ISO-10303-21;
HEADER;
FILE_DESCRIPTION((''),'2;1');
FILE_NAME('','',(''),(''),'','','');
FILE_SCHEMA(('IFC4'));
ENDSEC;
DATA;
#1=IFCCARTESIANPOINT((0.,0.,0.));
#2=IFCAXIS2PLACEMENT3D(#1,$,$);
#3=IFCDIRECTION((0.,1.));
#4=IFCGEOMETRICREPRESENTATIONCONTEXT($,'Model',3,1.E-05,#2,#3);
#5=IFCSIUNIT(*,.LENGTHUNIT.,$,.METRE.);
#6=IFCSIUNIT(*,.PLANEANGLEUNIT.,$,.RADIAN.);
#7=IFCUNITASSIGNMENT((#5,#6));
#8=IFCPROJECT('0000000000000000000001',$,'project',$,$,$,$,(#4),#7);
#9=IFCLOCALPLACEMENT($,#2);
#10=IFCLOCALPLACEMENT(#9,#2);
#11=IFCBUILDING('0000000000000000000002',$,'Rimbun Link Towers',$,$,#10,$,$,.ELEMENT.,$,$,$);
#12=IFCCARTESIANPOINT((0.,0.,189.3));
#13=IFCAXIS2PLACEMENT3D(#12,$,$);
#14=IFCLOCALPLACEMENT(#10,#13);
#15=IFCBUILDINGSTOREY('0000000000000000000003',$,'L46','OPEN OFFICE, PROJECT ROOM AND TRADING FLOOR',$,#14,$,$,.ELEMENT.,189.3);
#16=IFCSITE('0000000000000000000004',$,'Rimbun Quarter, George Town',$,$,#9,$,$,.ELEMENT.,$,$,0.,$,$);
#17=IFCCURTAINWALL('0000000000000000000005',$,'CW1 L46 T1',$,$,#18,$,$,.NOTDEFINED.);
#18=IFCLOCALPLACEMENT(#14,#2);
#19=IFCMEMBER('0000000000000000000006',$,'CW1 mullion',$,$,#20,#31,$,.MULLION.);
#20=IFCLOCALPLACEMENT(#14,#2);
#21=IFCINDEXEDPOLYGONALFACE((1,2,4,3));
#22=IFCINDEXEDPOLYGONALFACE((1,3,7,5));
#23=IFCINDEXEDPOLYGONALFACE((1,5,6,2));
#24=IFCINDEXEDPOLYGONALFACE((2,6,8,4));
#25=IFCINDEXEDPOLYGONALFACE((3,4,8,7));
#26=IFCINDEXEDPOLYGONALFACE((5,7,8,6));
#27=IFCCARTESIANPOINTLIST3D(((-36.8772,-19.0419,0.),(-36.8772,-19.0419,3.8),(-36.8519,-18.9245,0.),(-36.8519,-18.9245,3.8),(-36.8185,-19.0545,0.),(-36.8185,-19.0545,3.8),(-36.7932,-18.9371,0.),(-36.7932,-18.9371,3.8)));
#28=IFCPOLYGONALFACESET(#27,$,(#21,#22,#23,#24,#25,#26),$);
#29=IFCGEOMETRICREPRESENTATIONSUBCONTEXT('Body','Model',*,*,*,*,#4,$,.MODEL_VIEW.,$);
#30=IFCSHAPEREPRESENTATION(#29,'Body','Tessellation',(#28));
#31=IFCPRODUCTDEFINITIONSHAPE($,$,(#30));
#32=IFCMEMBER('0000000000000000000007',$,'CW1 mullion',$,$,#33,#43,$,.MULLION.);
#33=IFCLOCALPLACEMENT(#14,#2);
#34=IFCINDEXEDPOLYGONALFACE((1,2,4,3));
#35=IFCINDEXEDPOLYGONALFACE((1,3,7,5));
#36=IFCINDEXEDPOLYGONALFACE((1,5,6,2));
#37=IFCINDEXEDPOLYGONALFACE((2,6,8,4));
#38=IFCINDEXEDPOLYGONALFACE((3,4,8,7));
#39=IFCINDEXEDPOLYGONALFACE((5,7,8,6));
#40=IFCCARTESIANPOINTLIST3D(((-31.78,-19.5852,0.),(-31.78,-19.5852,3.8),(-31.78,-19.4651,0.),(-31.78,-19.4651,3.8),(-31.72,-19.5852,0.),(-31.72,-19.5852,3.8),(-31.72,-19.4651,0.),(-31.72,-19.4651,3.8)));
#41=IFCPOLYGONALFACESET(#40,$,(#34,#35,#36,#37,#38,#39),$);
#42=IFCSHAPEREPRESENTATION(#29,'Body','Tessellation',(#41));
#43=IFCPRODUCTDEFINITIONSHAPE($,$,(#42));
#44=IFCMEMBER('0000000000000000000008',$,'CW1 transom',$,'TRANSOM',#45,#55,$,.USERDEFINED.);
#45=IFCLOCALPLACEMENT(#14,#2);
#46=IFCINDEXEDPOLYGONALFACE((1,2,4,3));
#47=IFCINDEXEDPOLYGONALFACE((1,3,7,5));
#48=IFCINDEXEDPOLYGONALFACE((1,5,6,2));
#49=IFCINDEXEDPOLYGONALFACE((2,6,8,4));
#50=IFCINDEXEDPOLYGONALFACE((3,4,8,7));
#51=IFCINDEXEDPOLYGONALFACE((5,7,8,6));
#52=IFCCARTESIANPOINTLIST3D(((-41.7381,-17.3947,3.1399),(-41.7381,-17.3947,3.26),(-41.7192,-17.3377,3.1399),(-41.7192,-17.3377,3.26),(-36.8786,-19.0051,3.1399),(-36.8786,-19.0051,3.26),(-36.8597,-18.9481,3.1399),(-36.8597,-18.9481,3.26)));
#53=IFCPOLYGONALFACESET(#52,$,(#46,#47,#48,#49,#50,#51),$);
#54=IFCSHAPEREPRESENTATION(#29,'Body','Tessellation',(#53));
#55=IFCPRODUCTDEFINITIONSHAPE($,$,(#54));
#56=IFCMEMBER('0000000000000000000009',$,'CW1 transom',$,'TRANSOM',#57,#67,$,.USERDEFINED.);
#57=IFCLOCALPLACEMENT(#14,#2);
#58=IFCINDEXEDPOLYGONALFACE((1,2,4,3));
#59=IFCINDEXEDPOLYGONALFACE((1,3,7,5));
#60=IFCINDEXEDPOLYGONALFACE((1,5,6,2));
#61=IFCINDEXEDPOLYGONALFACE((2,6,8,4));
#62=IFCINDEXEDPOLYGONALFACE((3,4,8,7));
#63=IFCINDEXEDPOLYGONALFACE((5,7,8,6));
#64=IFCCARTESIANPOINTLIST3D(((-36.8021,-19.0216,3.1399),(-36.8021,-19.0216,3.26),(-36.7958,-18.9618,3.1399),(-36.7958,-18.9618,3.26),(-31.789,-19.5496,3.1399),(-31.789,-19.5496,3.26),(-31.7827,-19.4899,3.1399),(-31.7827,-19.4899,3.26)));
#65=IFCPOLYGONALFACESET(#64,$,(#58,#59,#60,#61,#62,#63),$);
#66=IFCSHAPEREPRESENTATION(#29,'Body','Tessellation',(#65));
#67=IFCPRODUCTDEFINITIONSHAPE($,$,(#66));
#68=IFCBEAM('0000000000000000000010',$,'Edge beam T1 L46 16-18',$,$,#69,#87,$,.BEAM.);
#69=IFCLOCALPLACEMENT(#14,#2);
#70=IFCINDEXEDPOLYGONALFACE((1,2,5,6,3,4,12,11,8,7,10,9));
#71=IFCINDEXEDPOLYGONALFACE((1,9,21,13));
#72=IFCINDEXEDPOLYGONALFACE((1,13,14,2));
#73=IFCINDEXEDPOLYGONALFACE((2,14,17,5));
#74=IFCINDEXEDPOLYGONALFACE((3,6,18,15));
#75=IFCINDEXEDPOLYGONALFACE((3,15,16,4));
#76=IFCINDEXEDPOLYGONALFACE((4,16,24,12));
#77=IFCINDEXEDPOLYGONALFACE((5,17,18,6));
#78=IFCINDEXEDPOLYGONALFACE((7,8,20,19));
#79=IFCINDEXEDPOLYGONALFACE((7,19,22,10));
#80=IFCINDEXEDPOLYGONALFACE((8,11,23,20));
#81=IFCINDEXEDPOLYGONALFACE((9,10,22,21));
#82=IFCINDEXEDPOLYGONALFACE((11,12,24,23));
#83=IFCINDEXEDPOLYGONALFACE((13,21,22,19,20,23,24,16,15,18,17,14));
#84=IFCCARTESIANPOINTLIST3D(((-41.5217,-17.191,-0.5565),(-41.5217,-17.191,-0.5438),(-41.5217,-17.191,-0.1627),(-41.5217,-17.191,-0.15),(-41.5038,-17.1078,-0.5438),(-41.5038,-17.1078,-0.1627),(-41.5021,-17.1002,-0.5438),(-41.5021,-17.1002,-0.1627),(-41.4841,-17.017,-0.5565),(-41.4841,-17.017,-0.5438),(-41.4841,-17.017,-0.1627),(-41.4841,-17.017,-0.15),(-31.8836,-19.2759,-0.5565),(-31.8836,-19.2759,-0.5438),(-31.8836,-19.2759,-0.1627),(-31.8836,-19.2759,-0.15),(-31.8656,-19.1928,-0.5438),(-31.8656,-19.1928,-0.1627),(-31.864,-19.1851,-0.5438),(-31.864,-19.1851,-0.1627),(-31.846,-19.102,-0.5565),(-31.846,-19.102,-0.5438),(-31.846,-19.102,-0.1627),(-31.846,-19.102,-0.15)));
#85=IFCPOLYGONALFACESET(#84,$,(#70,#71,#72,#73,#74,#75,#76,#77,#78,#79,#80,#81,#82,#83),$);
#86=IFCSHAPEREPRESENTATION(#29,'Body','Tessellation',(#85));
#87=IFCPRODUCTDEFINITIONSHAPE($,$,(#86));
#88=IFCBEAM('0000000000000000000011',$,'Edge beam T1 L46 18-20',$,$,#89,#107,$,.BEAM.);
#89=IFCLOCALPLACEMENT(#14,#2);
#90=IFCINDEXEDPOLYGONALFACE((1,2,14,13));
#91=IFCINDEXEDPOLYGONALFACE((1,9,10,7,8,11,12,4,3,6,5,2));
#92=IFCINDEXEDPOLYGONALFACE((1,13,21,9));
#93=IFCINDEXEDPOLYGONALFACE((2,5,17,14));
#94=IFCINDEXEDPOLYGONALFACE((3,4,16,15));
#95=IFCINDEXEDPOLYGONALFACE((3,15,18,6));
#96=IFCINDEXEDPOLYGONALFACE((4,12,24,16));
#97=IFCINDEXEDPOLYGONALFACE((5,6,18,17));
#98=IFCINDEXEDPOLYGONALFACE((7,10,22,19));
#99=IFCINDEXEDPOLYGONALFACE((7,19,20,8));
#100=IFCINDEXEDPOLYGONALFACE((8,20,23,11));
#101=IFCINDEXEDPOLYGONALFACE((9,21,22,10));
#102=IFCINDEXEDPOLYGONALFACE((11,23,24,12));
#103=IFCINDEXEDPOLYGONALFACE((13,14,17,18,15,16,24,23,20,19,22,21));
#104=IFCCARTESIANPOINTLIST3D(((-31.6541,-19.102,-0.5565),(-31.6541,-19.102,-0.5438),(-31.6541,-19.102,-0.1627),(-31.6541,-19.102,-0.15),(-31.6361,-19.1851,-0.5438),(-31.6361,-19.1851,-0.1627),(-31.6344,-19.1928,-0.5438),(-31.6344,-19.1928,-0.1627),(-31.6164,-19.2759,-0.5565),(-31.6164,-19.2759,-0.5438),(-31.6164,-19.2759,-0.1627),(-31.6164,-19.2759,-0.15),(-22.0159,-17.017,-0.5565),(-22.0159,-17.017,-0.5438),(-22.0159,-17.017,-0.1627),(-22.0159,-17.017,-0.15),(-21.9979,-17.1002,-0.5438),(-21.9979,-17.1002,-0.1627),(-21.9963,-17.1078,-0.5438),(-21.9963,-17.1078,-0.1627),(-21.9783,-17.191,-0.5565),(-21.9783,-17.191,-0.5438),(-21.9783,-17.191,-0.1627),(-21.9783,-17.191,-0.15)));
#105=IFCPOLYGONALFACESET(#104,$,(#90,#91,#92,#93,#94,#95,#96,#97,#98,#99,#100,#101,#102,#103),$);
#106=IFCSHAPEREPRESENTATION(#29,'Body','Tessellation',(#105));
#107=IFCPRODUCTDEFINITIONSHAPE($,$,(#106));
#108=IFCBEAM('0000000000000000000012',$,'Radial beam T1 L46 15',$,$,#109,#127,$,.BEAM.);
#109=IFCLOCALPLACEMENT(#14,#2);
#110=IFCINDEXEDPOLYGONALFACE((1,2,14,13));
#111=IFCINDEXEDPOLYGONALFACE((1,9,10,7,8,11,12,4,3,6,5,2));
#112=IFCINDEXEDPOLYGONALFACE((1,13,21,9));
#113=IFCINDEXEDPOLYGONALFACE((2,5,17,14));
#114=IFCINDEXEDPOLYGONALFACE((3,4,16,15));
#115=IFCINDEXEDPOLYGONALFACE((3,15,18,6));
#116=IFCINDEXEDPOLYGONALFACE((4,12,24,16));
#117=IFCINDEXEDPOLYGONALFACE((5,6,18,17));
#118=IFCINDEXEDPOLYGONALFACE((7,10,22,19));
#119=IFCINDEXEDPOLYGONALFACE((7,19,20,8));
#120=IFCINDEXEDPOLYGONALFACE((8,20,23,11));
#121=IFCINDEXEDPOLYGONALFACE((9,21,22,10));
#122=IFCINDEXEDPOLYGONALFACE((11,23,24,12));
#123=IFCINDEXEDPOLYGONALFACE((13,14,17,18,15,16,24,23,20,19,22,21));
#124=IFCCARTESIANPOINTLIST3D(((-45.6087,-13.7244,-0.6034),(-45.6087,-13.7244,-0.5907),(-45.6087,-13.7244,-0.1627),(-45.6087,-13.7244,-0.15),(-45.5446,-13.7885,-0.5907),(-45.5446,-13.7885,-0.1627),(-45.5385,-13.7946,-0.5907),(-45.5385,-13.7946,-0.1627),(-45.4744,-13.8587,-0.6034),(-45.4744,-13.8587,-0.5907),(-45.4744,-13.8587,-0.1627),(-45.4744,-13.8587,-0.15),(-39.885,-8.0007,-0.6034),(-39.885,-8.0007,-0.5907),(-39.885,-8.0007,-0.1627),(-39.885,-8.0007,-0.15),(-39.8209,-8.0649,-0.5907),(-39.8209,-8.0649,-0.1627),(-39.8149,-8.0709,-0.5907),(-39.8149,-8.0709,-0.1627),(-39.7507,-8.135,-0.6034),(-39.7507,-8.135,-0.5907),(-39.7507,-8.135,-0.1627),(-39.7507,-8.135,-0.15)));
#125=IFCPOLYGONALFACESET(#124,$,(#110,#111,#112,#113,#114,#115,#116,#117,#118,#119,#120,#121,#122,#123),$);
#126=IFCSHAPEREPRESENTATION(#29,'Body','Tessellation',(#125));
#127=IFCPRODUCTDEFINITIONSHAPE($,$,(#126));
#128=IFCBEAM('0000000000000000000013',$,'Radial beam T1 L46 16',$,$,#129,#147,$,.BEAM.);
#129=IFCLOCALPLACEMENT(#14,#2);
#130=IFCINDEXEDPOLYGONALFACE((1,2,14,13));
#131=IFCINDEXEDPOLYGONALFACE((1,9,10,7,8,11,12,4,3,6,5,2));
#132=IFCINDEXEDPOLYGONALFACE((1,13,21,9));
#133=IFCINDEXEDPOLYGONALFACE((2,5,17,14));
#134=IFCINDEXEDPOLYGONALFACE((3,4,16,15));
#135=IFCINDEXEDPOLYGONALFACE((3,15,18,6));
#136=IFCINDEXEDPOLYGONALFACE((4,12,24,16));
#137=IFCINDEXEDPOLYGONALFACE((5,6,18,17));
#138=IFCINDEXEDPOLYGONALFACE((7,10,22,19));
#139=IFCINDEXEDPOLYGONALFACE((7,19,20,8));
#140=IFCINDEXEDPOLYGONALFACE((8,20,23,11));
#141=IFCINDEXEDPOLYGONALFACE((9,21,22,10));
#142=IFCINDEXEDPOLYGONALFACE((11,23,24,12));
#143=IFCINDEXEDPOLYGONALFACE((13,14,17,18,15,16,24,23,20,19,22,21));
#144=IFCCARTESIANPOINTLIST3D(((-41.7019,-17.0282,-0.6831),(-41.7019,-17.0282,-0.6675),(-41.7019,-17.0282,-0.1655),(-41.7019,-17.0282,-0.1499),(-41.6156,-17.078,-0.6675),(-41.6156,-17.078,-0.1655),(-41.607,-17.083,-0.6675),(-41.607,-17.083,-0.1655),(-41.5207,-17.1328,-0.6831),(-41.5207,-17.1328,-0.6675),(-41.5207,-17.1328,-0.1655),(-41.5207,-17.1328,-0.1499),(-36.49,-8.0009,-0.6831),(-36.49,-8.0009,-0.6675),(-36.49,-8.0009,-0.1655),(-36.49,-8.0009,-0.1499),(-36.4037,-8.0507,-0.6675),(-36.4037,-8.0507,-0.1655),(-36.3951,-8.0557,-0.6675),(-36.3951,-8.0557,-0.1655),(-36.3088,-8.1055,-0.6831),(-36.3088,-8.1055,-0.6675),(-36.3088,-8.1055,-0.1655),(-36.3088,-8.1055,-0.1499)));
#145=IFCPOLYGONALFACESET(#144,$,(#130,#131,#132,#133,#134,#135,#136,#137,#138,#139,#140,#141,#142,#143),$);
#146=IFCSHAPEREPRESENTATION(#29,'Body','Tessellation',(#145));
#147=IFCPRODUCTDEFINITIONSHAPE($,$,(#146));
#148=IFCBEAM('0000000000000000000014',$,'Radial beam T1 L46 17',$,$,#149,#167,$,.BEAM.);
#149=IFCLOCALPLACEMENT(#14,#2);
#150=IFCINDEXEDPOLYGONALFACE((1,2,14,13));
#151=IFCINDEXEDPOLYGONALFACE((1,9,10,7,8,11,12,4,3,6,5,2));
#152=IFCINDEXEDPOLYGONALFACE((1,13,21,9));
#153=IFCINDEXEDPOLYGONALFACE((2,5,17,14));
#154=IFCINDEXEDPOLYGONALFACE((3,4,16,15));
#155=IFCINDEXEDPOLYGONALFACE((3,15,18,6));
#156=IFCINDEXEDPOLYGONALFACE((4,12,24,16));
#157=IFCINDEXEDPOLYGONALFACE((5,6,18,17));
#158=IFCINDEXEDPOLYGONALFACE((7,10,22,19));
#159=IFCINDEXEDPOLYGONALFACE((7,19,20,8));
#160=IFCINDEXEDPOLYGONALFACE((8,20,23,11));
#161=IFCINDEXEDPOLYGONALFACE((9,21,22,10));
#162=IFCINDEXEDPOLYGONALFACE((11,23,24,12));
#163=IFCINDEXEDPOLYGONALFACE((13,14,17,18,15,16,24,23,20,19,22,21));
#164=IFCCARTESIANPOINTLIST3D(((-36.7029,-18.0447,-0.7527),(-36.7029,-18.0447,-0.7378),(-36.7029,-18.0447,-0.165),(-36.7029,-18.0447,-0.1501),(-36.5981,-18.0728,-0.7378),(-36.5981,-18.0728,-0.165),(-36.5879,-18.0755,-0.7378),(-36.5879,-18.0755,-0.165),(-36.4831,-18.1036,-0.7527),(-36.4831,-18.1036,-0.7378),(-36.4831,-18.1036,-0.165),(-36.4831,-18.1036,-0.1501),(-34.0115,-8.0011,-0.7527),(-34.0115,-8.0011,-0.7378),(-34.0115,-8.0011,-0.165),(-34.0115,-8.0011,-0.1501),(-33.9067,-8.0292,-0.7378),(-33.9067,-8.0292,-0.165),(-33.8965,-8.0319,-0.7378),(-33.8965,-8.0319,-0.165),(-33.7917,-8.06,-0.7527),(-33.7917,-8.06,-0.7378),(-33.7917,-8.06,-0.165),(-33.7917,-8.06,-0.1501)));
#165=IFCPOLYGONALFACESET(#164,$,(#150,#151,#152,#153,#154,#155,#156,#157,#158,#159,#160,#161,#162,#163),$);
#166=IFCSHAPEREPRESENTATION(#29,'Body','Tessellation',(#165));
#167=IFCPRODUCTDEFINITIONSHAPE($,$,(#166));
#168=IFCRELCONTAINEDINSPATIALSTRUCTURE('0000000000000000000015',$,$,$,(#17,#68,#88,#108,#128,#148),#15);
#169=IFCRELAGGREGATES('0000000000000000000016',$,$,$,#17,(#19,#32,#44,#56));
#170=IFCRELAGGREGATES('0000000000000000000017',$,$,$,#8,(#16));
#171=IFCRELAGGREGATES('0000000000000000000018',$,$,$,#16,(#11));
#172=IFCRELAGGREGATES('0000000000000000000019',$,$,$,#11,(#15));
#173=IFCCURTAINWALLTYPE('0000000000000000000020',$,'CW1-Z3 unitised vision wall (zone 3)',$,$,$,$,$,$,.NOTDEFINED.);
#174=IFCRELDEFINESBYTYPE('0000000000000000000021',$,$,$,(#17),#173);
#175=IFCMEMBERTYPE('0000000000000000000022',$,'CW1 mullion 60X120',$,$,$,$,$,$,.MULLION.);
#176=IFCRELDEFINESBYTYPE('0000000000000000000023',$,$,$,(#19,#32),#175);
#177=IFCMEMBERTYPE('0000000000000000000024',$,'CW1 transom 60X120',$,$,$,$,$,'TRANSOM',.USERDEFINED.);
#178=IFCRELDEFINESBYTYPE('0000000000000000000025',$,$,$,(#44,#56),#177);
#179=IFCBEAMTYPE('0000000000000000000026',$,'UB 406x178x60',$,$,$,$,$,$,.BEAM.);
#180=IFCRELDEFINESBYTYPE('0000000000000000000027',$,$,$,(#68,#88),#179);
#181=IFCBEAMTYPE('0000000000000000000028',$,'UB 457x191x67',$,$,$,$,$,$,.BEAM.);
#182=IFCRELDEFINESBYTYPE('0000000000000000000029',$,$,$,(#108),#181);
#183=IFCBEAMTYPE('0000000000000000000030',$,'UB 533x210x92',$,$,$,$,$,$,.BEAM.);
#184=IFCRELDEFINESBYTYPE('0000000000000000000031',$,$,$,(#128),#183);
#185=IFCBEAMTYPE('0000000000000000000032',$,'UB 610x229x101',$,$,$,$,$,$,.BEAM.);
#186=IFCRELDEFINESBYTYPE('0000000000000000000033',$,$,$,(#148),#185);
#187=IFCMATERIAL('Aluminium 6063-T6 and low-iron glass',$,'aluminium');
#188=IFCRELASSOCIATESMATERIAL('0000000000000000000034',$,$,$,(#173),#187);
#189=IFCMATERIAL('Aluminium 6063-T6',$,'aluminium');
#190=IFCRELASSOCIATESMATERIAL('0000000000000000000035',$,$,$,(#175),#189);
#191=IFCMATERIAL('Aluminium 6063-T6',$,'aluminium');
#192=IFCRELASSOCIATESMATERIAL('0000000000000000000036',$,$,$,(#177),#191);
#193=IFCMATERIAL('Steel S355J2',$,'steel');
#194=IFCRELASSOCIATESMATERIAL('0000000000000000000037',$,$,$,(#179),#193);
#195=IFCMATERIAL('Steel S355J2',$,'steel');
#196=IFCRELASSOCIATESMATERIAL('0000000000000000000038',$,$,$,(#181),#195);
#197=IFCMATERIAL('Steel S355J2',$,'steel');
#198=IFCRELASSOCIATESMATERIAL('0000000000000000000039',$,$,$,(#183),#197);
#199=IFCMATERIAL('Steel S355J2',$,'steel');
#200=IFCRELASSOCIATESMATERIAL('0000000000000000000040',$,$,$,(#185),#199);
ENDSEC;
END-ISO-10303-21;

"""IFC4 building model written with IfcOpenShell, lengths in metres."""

from ifc_helpers import new_model, si_unit, direction, frame, origin, origin_2d, place, context, subcontext, project, spatial, rectangle, i_section, extrude, material, material_profile, profile_set, type_object, element, aggregate, save


model = new_model("IFC4")

# Units and contexts
model_context = context("Model", 3, precision=1e-05, world=origin(), true_north=direction((0.0, 1.0)))
body_context = subcontext(model_context, "Body", "Model", "MODEL_VIEW")
ifc_project = project(units=[si_unit("LENGTHUNIT", "METRE"), si_unit("PLANEANGLEUNIT", "RADIAN")], contexts=[model_context])

# Site, building, storey
site_placement = place(None, origin())
site = spatial("IfcSite", under=ifc_project, at=site_placement, Name="Rimbun Quarter, George Town", CompositionType="ELEMENT", RefElevation=0.0)
building_placement = place(site_placement, origin())
building = spatial("IfcBuilding", under=site, at=building_placement, Name="Rimbun Link Towers", CompositionType="ELEMENT")
storey_placement = place(building_placement, frame((0.0, 0.0, 189.3)))
storey = spatial("IfcBuildingStorey", under=building, at=storey_placement, Name="L46", Description="OPEN OFFICE, PROJECT ROOM AND TRADING FLOOR", CompositionType="ELEMENT", Elevation=189.3)

# Curtain wall, members
ifc_material_1 = material(Name="Aluminium 6063-T6 and low-iron glass", Category="aluminium")
curtain_wall_type = type_object("IfcCurtainWallType", Name="CW1-Z3 unitised vision wall (zone 3)", PredefinedType="NOTDEFINED", material=ifc_material_1)
curtain_wall_placement = place(storey_placement, origin())
curtain_wall = element("IfcCurtainWall", 1, at=curtain_wall_placement, inside=storey, type_object=curtain_wall_type, Name="CW1 L46 T1", PredefinedType="NOTDEFINED")
ifc_material_2 = material(Name="Aluminium 6063-T6", Category="aluminium")
ifc_material_profile_1 = material_profile(ifc_material_2, rectangle(XDim=0.1201, YDim=0.0601, at=origin_2d()), Name="MULLION 60X120")
ifc_profile_set_1 = profile_set([ifc_material_profile_1], Name="Aluminium 6063-T6")
member_type_1 = type_object("IfcMemberType", Name="CW1 mullion 60X120", PredefinedType="MULLION", material=ifc_profile_set_1)
member_1_placement = place(storey_placement, frame((-36.8352, -18.9895, 0.0), z_axis=(0.0, 0.0, 1.0), x_axis=(-0.210877, -0.977513, 0.0)))
member_1 = element("IfcMember", 2, at=member_1_placement, type_object=member_type_1, Name="CW1 mullion", PredefinedType="MULLION", context=body_context, shape_type="SweptSolid", body=[
    extrude(rectangle(XDim=0.1201, YDim=0.0601, at=origin_2d()), origin(), (0.0, 0.0, 1.0), 3.8),
])
member_2_placement = place(storey_placement, frame((-31.75, -19.5251, 0.0), z_axis=(0.0, 0.0, 1.0), x_axis=(0.0, -1.0, 0.0)))
member_2 = element("IfcMember", 3, at=member_2_placement, type_object=member_type_1, Name="CW1 mullion", PredefinedType="MULLION", context=body_context, shape_type="SweptSolid", body=[
    extrude(rectangle(XDim=0.1201, YDim=0.0601, at=origin_2d()), origin(), (0.0, 0.0, 1.0), 3.8),
])
ifc_material_3 = material(Name="Aluminium 6063-T6", Category="aluminium")
ifc_material_profile_2 = material_profile(ifc_material_3, rectangle(XDim=0.0601, YDim=0.1201, at=origin_2d()), Name="TRANSOM 60X120")
ifc_profile_set_2 = profile_set([ifc_material_profile_2], Name="Aluminium 6063-T6")
member_type_2 = type_object("IfcMemberType", Name="CW1 transom 60X120", ElementType="TRANSOM", PredefinedType="USERDEFINED", material=ifc_profile_set_2)
member_3_placement = place(storey_placement, frame((-36.8691, -18.9766, 3.2), z_axis=(-0.94924, 0.314553, 0.0), x_axis=(-0.314553, -0.94924, 0.0)))
member_3 = element("IfcMember", 4, at=member_3_placement, type_object=member_type_2, Name="CW1 transom", ObjectType="TRANSOM", PredefinedType="USERDEFINED", context=body_context, shape_type="SweptSolid", body=[
    extrude(rectangle(XDim=0.0601, YDim=0.1201, at=origin_2d()), origin(), (0.0, 0.0, 1.0), 5.1194),
])
member_4_placement = place(storey_placement, frame((-31.7859, -19.5198, 3.2), z_axis=(-0.994497, 0.104763, 0.0), x_axis=(-0.104763, -0.994497, 0.0)))
member_4 = element("IfcMember", 5, at=member_4_placement, type_object=member_type_2, Name="CW1 transom", ObjectType="TRANSOM", PredefinedType="USERDEFINED", context=body_context, shape_type="SweptSolid", body=[
    extrude(rectangle(XDim=0.0601, YDim=0.1201, at=origin_2d()), origin(), (0.0, 0.0, 1.0), 5.0408),
])

# Beams
ifc_material_4 = material(Name="Steel S355J2", Category="steel")
ifc_material_profile_3 = material_profile(ifc_material_4, i_section(OverallWidth=0.178, OverallDepth=0.4065, WebThickness=0.0078, FlangeThickness=0.0127, at=origin_2d()), Name="UB 406x178x60")
ifc_profile_set_3 = profile_set([ifc_material_profile_3], Name="Steel S355J2")
beam_type_1 = type_object("IfcBeamType", Name="UB 406x178x60", PredefinedType="BEAM", material=ifc_profile_set_3)
for number, where, z_axis, x_axis, name in (
    (6, (-41.5029, -17.104, -0.3533), (0.977393, -0.211433, 0.0), (0.211433, 0.977393, 0.0), "Edge beam T1 L46 16-18"),
    (7, (-31.6353, -19.189, -0.3533), (0.977393, 0.211433, 0.0), (-0.211433, 0.977393, 0.0), "Edge beam T1 L46 18-20"),
):
    element("IfcBeam", number, at=place(storey_placement, frame(where, z_axis=z_axis, x_axis=x_axis)), inside=storey, type_object=beam_type_1, Name=name, PredefinedType="BEAM", context=body_context, shape_type="SweptSolid", body=[
        extrude(i_section(OverallWidth=0.178, OverallDepth=0.4065, WebThickness=0.0078, FlangeThickness=0.0127, at=origin_2d()), origin(), (0.0, 0.0, 1.0), 9.8611),
    ])
ifc_material_5 = material(Name="Steel S355J2", Category="steel")
ifc_material_profile_4 = material_profile(ifc_material_5, i_section(OverallWidth=0.1899, OverallDepth=0.4534, WebThickness=0.0085, FlangeThickness=0.0127, at=origin_2d()), Name="UB 457x191x67")
ifc_profile_set_4 = profile_set([ifc_material_profile_4], Name="Steel S355J2")
beam_type_2 = type_object("IfcBeamType", Name="UB 457x191x67", PredefinedType="BEAM", material=ifc_profile_set_4)
beam_1_placement = place(storey_placement, frame((-39.8179, -8.0679, -0.3767), z_axis=(-0.707107, -0.707107, 0.0), x_axis=(0.707107, -0.707107, 0.0)))
element("IfcBeam", 8, at=beam_1_placement, inside=storey, type_object=beam_type_2, Name="Radial beam T1 L46 15", PredefinedType="BEAM", context=body_context, shape_type="SweptSolid", body=[
    extrude(i_section(OverallWidth=0.1899, OverallDepth=0.4534, WebThickness=0.0085, FlangeThickness=0.0127, at=origin_2d()), origin(), (0.0, 0.0, 1.0), 8.0945),
])
ifc_material_6 = material(Name="Steel S355J2", Category="steel")
ifc_material_profile_5 = material_profile(ifc_material_6, i_section(OverallWidth=0.2092, OverallDepth=0.5332, WebThickness=0.01, FlangeThickness=0.0156, at=origin_2d()), Name="UB 533x210x92")
ifc_profile_set_5 = profile_set([ifc_material_profile_5], Name="Steel S355J2")
beam_type_3 = type_object("IfcBeamType", Name="UB 533x210x92", PredefinedType="BEAM", material=ifc_profile_set_5)
beam_2_placement = place(storey_placement, frame((-36.3994, -8.0532, -0.4165), z_axis=(-0.499998, -0.866026, 0.0), x_axis=(0.866026, -0.499998, 0.0)))
element("IfcBeam", 9, at=beam_2_placement, inside=storey, type_object=beam_type_3, Name="Radial beam T1 L46 16", PredefinedType="BEAM", context=body_context, shape_type="SweptSolid", body=[
    extrude(i_section(OverallWidth=0.2092, OverallDepth=0.5332, WebThickness=0.01, FlangeThickness=0.0156, at=origin_2d()), origin(), (0.0, 0.0, 1.0), 10.4238),
])
ifc_material_7 = material(Name="Steel S355J2", Category="steel")
ifc_material_profile_6 = material_profile(ifc_material_7, i_section(OverallWidth=0.2275, OverallDepth=0.6025, WebThickness=0.0105, FlangeThickness=0.0149, at=origin_2d()), Name="UB 610x229x101")
ifc_profile_set_6 = profile_set([ifc_material_profile_6], Name="Steel S355J2")
beam_type_4 = type_object("IfcBeamType", Name="UB 610x229x101", PredefinedType="BEAM", material=ifc_profile_set_6)
beam_3_placement = place(storey_placement, frame((-33.9016, -8.0305, -0.4514), z_axis=(-0.258837, -0.965921, 0.0), x_axis=(0.965921, -0.258837, 0.0)))
element("IfcBeam", 10, at=beam_3_placement, inside=storey, type_object=beam_type_4, Name="Radial beam T1 L46 17", PredefinedType="BEAM", context=body_context, shape_type="SweptSolid", body=[
    extrude(i_section(OverallWidth=0.2275, OverallDepth=0.6025, WebThickness=0.0105, FlangeThickness=0.0149, at=origin_2d()), origin(), (0.0, 0.0, 1.0), 10.3979),
])

aggregate(curtain_wall, [member_1, member_2, member_3, member_4])

save(model, "model.ifc")
